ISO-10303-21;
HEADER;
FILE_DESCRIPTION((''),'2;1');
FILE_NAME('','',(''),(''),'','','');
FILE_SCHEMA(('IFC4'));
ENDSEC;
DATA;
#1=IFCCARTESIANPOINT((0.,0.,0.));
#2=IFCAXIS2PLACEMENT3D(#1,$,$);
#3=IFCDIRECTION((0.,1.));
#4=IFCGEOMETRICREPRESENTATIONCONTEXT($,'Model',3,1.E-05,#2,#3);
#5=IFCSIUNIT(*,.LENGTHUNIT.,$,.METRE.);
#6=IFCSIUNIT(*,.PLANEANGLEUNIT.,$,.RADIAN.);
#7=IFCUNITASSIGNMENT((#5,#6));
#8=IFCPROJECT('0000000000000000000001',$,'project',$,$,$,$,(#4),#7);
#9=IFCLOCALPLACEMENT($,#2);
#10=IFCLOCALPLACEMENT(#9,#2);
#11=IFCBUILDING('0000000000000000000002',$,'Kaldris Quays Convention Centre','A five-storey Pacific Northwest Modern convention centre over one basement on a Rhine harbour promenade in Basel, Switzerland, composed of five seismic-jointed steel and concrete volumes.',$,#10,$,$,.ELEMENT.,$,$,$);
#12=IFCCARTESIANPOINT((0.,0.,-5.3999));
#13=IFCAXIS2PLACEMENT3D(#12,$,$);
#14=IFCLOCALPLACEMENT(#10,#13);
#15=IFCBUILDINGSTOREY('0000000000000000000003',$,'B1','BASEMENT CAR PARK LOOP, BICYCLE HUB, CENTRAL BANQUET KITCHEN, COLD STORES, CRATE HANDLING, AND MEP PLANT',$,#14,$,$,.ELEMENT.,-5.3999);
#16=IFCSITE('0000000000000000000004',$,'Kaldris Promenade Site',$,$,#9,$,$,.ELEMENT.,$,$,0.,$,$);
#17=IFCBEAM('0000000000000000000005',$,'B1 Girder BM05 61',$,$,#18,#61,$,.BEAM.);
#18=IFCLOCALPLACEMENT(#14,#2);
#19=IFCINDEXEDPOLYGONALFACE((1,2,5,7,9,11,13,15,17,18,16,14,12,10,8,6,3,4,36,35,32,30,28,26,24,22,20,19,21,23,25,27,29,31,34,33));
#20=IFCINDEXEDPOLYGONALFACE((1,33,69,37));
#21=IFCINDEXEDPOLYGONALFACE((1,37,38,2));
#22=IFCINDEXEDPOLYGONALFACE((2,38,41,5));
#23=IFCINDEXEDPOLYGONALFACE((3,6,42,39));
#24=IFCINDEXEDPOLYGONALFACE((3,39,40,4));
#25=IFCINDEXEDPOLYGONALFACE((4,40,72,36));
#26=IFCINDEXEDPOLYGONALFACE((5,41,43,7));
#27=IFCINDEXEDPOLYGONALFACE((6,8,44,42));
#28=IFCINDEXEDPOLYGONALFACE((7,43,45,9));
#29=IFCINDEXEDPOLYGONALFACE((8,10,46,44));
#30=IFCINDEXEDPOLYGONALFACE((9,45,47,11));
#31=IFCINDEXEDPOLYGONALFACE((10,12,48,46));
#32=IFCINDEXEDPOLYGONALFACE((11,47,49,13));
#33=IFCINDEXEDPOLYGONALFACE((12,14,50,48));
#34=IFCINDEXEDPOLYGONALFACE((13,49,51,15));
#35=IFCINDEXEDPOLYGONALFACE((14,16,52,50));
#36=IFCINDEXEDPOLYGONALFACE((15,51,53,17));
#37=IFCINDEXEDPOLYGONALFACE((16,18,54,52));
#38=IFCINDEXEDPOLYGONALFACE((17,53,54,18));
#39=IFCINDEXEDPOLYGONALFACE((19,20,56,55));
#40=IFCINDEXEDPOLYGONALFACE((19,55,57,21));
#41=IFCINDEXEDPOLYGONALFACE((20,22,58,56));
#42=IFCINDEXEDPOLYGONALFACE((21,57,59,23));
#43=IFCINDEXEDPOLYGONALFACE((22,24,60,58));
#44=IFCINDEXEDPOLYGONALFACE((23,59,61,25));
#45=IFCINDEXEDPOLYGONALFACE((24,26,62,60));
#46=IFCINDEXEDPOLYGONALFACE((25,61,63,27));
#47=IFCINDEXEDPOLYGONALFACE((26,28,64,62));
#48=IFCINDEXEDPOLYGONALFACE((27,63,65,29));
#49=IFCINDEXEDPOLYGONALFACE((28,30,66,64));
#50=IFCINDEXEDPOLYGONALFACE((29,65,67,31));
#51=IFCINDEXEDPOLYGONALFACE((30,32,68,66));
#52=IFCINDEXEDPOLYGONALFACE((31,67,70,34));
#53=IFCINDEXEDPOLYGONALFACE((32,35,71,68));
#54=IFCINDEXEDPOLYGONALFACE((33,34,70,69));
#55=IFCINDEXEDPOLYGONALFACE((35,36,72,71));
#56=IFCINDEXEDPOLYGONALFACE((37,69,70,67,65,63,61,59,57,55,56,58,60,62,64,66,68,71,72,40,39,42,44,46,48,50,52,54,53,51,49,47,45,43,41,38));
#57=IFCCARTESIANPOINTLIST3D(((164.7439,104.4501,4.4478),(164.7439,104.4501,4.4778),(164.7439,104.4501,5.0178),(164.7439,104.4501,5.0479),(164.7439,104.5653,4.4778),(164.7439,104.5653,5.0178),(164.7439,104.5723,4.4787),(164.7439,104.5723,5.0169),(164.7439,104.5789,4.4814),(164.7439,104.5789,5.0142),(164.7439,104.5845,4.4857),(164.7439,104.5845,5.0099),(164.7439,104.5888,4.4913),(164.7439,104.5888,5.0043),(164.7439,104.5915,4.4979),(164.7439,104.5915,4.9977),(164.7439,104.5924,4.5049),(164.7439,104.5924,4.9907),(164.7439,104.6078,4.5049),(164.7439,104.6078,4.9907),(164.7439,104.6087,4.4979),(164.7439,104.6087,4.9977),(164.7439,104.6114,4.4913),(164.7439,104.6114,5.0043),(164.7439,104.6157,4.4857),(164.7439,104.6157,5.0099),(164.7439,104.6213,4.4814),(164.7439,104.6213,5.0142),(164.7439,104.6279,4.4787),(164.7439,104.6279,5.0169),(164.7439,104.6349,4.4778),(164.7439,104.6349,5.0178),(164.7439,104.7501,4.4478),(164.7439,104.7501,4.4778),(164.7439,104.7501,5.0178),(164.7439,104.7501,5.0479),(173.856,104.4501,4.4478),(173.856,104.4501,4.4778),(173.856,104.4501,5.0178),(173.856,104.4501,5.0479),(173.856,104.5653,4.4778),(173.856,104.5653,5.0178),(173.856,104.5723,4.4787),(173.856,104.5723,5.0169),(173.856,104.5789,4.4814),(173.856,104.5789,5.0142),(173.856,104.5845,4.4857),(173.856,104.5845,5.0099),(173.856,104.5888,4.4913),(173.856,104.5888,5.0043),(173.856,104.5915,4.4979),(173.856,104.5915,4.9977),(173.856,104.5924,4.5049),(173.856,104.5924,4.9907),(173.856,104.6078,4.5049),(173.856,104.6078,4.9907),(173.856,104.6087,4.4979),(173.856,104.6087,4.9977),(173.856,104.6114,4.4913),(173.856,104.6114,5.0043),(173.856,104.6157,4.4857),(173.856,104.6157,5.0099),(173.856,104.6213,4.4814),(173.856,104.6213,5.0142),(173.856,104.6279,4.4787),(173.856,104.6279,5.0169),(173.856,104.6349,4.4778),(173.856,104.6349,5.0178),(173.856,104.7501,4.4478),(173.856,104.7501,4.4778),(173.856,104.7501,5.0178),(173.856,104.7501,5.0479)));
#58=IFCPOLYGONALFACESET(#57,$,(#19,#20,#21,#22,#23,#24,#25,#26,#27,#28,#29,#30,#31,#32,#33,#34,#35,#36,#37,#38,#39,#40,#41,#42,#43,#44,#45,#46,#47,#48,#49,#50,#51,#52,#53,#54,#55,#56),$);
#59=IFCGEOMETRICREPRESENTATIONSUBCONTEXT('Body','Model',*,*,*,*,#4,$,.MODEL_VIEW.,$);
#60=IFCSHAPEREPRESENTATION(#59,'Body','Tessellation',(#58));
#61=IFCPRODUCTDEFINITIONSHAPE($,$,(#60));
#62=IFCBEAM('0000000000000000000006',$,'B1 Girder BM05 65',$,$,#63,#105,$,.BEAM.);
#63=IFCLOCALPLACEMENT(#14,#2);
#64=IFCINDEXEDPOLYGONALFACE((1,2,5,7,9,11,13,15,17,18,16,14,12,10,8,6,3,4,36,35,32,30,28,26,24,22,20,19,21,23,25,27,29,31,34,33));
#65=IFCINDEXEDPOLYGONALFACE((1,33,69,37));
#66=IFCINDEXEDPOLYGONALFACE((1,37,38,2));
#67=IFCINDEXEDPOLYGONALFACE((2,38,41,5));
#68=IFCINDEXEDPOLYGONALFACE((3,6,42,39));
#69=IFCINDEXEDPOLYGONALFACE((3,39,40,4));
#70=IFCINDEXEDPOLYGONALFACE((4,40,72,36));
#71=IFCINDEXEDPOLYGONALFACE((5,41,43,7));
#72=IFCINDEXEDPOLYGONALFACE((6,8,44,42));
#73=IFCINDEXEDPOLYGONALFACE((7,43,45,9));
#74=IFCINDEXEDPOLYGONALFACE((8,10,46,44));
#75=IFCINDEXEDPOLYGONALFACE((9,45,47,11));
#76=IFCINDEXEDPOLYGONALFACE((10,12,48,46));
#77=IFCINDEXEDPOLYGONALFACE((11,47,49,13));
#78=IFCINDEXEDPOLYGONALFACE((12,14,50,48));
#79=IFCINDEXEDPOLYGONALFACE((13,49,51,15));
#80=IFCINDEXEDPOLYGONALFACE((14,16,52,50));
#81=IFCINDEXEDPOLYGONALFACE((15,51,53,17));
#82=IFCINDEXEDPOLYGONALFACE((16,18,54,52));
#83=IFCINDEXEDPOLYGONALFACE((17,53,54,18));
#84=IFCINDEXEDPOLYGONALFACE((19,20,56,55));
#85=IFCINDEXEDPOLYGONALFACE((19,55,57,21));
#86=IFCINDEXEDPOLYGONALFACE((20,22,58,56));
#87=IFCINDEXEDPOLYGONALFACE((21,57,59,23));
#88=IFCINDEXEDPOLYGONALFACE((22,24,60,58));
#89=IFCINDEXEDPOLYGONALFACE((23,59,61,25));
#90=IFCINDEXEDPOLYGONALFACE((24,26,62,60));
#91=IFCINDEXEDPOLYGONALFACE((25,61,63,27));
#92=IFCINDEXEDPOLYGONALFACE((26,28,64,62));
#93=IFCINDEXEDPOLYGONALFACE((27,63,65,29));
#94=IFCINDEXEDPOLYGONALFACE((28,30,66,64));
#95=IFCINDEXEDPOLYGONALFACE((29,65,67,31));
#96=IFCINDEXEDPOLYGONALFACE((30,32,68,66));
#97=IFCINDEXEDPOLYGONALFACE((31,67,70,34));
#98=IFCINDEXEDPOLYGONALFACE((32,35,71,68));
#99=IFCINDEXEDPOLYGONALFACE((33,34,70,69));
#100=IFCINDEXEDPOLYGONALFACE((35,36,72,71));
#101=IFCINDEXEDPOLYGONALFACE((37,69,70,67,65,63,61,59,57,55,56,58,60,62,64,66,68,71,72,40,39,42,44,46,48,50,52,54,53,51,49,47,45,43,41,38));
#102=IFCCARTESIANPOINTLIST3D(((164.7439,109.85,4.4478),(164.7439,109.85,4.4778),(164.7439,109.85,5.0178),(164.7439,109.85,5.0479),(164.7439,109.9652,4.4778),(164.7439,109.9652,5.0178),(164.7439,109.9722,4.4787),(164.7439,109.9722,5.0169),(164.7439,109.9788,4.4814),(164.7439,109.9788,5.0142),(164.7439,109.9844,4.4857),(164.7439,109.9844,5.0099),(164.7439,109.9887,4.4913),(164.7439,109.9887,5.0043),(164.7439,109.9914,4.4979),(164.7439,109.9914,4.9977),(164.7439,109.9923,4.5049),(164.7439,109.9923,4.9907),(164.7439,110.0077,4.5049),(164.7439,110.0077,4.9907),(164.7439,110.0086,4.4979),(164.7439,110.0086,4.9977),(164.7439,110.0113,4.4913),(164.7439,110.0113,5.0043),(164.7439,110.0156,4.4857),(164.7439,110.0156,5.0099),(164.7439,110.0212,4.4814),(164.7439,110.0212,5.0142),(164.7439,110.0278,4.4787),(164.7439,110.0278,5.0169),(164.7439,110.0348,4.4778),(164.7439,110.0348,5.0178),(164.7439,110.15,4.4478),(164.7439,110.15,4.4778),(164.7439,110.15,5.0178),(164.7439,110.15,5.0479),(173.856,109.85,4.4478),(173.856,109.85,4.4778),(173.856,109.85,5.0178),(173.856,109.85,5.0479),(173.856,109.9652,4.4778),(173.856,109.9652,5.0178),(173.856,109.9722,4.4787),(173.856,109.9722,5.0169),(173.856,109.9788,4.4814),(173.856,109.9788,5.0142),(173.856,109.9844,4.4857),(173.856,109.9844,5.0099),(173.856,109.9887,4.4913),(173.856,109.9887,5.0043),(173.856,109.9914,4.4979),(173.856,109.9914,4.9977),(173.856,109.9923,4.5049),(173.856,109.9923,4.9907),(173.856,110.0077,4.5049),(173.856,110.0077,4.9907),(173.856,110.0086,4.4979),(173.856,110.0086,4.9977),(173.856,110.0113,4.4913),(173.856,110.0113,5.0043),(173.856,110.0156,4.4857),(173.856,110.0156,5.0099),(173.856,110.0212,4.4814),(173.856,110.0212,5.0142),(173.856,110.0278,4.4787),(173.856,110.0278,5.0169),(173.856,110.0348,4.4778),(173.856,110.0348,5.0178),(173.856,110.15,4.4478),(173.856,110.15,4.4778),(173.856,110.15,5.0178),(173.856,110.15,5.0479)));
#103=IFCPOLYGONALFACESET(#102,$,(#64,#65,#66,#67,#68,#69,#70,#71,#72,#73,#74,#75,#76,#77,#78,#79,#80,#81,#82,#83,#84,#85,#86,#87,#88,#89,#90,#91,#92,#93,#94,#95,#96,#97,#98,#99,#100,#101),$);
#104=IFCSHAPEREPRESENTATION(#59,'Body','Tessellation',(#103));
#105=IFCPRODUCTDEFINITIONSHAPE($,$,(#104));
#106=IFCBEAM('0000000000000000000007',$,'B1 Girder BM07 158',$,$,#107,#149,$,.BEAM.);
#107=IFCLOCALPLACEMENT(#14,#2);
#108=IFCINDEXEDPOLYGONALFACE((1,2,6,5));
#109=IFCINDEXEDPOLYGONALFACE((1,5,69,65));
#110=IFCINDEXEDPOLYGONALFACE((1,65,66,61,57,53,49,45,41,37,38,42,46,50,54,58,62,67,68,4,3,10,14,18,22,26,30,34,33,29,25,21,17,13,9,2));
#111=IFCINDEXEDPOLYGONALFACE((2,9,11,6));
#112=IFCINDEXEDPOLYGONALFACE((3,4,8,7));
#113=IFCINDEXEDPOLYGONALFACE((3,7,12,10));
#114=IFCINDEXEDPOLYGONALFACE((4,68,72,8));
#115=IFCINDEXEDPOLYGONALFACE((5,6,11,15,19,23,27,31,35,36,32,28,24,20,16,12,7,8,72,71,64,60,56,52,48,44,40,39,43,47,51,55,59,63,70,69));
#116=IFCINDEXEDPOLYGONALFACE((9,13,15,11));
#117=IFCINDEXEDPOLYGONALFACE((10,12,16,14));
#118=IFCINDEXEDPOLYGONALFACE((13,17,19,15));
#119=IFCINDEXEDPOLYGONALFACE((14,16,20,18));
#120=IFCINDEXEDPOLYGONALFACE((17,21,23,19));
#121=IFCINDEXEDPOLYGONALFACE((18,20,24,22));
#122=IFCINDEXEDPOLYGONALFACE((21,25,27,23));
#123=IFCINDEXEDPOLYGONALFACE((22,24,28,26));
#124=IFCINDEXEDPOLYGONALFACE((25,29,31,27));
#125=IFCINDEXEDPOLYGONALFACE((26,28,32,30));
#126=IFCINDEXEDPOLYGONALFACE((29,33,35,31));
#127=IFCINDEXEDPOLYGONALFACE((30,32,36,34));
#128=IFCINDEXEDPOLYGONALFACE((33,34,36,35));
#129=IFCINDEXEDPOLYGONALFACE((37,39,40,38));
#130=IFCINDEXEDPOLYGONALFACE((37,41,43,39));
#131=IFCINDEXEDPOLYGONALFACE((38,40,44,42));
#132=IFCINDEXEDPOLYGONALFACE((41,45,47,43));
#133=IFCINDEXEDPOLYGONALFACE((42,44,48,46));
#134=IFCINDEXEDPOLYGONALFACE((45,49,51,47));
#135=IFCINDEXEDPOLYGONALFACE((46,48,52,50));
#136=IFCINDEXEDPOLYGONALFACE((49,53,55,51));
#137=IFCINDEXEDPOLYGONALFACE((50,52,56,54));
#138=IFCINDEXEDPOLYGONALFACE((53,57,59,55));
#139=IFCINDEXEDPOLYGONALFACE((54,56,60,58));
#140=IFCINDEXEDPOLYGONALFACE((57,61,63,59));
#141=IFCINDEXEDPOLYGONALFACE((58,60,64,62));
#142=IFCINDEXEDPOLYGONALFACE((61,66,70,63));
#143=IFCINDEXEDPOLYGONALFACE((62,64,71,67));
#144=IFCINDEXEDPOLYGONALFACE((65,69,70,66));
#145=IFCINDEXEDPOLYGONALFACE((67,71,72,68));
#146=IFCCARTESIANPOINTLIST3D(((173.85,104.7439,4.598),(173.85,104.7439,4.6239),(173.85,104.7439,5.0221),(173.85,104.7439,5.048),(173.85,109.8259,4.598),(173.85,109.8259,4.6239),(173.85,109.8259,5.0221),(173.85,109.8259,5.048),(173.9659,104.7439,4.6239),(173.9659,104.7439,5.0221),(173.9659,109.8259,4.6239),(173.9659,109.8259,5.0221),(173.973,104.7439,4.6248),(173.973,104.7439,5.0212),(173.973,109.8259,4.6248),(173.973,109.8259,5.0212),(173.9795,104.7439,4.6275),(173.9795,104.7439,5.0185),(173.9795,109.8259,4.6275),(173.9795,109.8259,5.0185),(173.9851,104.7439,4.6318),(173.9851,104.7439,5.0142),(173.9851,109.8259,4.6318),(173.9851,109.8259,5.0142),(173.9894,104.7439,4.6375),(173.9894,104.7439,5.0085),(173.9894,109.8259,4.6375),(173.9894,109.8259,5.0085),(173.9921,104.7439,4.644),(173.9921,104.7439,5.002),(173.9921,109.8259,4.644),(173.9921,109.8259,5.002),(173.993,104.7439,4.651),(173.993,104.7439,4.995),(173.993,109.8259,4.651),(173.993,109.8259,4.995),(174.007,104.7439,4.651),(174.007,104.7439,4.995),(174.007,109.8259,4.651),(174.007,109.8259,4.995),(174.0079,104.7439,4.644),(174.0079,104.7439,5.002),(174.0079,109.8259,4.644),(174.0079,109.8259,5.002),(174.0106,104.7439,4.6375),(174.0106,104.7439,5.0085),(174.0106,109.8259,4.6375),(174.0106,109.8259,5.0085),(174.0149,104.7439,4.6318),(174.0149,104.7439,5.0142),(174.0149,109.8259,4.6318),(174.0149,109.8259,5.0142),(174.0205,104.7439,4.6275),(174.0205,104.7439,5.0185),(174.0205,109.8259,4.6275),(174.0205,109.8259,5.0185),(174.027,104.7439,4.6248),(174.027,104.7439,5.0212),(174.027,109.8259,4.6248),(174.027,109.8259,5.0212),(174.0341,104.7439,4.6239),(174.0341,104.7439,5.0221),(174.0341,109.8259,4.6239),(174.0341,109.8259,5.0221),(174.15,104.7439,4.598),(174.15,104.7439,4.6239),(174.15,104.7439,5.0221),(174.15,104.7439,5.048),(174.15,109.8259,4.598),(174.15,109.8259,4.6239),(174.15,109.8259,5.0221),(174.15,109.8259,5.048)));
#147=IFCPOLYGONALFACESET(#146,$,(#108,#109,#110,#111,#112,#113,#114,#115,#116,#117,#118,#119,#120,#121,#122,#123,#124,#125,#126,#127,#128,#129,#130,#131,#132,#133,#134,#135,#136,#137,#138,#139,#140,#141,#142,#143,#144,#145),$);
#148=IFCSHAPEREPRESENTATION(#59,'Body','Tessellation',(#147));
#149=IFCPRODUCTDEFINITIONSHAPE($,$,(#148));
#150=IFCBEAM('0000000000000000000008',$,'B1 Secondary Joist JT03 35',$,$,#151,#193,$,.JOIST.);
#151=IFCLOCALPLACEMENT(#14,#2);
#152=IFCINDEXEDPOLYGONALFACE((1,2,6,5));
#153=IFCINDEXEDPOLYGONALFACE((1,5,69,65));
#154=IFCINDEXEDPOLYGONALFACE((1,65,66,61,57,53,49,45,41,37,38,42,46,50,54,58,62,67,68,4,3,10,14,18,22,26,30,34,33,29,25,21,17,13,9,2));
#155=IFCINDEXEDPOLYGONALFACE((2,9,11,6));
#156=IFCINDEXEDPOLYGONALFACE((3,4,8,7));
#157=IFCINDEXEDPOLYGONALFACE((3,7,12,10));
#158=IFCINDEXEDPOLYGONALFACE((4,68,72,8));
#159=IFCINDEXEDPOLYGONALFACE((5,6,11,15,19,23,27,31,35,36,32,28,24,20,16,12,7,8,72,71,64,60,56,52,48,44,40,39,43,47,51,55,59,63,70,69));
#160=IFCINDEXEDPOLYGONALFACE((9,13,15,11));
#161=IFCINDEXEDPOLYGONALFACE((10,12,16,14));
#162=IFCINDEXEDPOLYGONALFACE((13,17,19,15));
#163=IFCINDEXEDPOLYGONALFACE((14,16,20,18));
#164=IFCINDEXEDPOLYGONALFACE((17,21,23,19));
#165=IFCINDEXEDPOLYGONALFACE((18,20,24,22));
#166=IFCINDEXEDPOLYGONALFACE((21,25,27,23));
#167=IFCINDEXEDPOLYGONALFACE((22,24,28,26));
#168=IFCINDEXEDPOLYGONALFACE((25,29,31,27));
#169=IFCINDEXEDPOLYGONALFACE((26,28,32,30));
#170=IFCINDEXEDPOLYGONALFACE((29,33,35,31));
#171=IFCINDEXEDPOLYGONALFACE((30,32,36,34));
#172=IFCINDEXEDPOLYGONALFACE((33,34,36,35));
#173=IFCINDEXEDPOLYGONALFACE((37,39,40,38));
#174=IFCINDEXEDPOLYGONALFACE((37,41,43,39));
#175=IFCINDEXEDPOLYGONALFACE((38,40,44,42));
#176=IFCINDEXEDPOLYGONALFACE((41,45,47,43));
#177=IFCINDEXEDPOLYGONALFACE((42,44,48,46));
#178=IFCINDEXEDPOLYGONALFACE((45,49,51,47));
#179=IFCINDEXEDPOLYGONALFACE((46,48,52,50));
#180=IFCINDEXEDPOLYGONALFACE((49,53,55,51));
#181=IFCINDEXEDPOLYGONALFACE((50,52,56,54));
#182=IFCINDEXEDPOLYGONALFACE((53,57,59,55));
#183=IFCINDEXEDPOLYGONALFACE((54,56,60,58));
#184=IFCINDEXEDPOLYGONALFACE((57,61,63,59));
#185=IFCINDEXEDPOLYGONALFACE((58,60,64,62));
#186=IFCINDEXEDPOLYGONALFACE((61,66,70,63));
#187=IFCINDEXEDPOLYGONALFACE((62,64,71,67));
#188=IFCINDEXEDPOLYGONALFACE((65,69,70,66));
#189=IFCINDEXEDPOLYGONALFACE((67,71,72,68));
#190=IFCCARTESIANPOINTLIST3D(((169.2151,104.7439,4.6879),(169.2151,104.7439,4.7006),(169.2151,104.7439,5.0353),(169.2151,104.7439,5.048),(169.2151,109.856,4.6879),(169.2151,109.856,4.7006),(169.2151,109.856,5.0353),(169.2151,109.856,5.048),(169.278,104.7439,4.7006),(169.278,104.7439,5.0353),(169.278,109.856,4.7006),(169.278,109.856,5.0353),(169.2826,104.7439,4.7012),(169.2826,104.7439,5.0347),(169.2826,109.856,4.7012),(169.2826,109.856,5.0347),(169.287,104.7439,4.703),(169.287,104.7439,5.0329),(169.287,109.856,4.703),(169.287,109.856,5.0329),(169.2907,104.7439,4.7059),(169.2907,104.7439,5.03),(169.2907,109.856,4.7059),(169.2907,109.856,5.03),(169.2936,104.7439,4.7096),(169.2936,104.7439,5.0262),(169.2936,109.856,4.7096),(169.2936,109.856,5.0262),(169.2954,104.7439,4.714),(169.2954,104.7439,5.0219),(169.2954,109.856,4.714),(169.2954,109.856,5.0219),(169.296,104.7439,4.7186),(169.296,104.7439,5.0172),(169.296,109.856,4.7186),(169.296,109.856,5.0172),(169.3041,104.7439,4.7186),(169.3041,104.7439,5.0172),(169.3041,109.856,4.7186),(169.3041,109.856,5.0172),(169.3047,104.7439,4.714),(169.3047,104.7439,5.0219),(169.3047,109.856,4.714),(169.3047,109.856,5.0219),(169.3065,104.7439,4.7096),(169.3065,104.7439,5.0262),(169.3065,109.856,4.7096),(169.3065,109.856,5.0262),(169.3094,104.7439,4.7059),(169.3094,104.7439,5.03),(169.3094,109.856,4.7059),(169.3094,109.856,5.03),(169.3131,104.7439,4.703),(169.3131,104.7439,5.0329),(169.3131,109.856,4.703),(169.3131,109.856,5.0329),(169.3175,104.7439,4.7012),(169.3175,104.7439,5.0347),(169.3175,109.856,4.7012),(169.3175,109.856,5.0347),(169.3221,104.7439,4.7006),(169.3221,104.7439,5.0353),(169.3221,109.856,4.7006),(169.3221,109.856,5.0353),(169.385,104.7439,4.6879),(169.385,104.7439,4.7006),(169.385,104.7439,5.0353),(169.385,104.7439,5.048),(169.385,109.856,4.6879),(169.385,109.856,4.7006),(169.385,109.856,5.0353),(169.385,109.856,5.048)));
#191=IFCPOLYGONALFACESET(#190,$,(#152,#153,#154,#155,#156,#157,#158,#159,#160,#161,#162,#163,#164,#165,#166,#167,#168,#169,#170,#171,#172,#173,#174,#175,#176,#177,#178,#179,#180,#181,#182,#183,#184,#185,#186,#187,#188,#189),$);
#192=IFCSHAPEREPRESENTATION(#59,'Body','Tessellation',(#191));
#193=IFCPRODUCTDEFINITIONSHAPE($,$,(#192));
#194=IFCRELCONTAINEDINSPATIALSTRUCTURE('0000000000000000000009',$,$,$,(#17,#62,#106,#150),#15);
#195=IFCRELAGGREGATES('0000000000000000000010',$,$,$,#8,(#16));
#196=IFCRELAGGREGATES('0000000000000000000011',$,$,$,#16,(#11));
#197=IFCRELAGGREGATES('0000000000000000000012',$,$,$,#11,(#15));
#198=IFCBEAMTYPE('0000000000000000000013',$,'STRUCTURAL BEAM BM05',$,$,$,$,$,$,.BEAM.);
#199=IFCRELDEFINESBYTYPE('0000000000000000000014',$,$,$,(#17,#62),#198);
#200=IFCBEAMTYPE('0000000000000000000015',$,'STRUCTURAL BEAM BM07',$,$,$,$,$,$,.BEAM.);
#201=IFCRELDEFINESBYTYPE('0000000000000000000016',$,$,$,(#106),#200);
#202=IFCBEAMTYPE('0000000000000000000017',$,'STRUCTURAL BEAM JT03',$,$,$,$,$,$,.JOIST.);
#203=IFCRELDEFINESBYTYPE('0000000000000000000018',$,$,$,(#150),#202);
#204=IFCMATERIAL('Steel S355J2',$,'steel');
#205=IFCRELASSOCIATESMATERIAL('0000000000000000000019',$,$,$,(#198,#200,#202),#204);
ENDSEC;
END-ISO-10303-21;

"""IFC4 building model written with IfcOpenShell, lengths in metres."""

from ifc_helpers import new_model, si_unit, direction, frame, origin, origin_2d, place, context, subcontext, project, spatial, i_section, extrude, material, material_profile, profile_set, type_object, element, save


model = new_model("IFC4")

# Units and contexts
model_context = context("Model", 3, precision=1e-05, world=origin(), true_north=direction((0.0, 1.0)))
body_context = subcontext(model_context, "Body", "Model", "MODEL_VIEW")
ifc_project = project(units=[si_unit("LENGTHUNIT", "METRE"), si_unit("PLANEANGLEUNIT", "RADIAN")], contexts=[model_context])

# Site, building, storey
site_placement = place(None, origin())
site = spatial("IfcSite", under=ifc_project, at=site_placement, Name="Kaldris Promenade Site", CompositionType="ELEMENT", RefElevation=0.0)
building_placement = place(site_placement, origin())
building = spatial("IfcBuilding", under=site, at=building_placement, Name="Kaldris Quays Convention Centre", Description="A five-storey Pacific Northwest Modern convention centre over one basement on a Rhine harbour promenade in Basel, Switzerland, composed of five seismic-jointed steel and concrete volumes.", CompositionType="ELEMENT")
storey_placement = place(building_placement, frame((0.0, 0.0, -5.3999)))
storey = spatial("IfcBuildingStorey", under=building, at=storey_placement, Name="B1", Description="BASEMENT CAR PARK LOOP, BICYCLE HUB, CENTRAL BANQUET KITCHEN, COLD STORES, CRATE HANDLING, AND MEP PLANT", CompositionType="ELEMENT", Elevation=-5.3999)

# Shared definitions
ifc_material_1 = material(Name="Steel S355J2", Category="steel")

# Beams
ifc_material_profile_1 = material_profile(ifc_material_1, i_section(OverallWidth=0.3, OverallDepth=0.6001, WebThickness=0.0154, FlangeThickness=0.03, FilletRadius=0.0271, at=origin_2d()), Name="HEB 600")
ifc_profile_set_1 = profile_set([ifc_material_profile_1], Name="Steel S355J2")
beam_type_1 = type_object("IfcBeamType", Name="STRUCTURAL BEAM BM05", PredefinedType="BEAM", material=ifc_profile_set_1)
for number, where, z_axis, x_axis, name in (
    (1, (164.7439, 104.6001, 4.7478), (1.0, 0.0, 0.0), (0.0, 1.0, 0.0), "B1 Girder BM05 61"),
    (2, (164.7439, 110.0, 4.7478), (1.0, 0.0, 0.0), (0.0, 1.0, 0.0), "B1 Girder BM05 65"),
):
    element("IfcBeam", number, at=place(storey_placement, frame(where, z_axis=z_axis, x_axis=x_axis)), inside=storey, type_object=beam_type_1, Name=name, PredefinedType="BEAM", context=body_context, shape_type="SweptSolid", body=[
        extrude(i_section(OverallWidth=0.3, OverallDepth=0.6001, WebThickness=0.0154, FlangeThickness=0.03, FilletRadius=0.0271, at=origin_2d()), origin(), (0.0, 0.0, 1.0), 9.1121),
    ])
ifc_material_profile_2 = material_profile(ifc_material_1, i_section(OverallWidth=0.3, OverallDepth=0.45, WebThickness=0.0139, FlangeThickness=0.0259, FilletRadius=0.0271, at=origin_2d()), Name="HEB 450")
ifc_profile_set_2 = profile_set([ifc_material_profile_2], Name="Steel S355J2")
beam_type_2 = type_object("IfcBeamType", Name="STRUCTURAL BEAM BM07", PredefinedType="BEAM", material=ifc_profile_set_2)
beam_1_placement = place(storey_placement, frame((174.0, 104.7439, 4.823), z_axis=(0.0, 1.0, 0.0), x_axis=(-1.0, 0.0, 0.0)))
element("IfcBeam", 3, at=beam_1_placement, inside=storey, type_object=beam_type_2, Name="B1 Girder BM07 158", PredefinedType="BEAM", context=body_context, shape_type="SweptSolid", body=[
    extrude(i_section(OverallWidth=0.3, OverallDepth=0.45, WebThickness=0.0139, FlangeThickness=0.0259, FilletRadius=0.0271, at=origin_2d()), origin(), (0.0, 0.0, 1.0), 5.082),
])
ifc_material_profile_3 = material_profile(ifc_material_1, i_section(OverallWidth=0.1699, OverallDepth=0.3601, WebThickness=0.0081, FlangeThickness=0.0127, FilletRadius=0.0181, at=origin_2d()), Name="IPE 360")
ifc_profile_set_3 = profile_set([ifc_material_profile_3], Name="Steel S355J2")
beam_type_3 = type_object("IfcBeamType", Name="STRUCTURAL BEAM JT03", PredefinedType="JOIST", material=ifc_profile_set_3)
beam_2_placement = place(storey_placement, frame((169.3, 104.7439, 4.8679), z_axis=(0.0, 1.0, 0.0), x_axis=(-1.0, 0.0, 0.0)))
element("IfcBeam", 4, at=beam_2_placement, inside=storey, type_object=beam_type_3, Name="B1 Secondary Joist JT03 35", PredefinedType="JOIST", context=body_context, shape_type="SweptSolid", body=[
    extrude(i_section(OverallWidth=0.1699, OverallDepth=0.3601, WebThickness=0.0081, FlangeThickness=0.0127, FilletRadius=0.0181, at=origin_2d()), origin(), (0.0, 0.0, 1.0), 5.1121),
])

save(model, "model.ifc")
